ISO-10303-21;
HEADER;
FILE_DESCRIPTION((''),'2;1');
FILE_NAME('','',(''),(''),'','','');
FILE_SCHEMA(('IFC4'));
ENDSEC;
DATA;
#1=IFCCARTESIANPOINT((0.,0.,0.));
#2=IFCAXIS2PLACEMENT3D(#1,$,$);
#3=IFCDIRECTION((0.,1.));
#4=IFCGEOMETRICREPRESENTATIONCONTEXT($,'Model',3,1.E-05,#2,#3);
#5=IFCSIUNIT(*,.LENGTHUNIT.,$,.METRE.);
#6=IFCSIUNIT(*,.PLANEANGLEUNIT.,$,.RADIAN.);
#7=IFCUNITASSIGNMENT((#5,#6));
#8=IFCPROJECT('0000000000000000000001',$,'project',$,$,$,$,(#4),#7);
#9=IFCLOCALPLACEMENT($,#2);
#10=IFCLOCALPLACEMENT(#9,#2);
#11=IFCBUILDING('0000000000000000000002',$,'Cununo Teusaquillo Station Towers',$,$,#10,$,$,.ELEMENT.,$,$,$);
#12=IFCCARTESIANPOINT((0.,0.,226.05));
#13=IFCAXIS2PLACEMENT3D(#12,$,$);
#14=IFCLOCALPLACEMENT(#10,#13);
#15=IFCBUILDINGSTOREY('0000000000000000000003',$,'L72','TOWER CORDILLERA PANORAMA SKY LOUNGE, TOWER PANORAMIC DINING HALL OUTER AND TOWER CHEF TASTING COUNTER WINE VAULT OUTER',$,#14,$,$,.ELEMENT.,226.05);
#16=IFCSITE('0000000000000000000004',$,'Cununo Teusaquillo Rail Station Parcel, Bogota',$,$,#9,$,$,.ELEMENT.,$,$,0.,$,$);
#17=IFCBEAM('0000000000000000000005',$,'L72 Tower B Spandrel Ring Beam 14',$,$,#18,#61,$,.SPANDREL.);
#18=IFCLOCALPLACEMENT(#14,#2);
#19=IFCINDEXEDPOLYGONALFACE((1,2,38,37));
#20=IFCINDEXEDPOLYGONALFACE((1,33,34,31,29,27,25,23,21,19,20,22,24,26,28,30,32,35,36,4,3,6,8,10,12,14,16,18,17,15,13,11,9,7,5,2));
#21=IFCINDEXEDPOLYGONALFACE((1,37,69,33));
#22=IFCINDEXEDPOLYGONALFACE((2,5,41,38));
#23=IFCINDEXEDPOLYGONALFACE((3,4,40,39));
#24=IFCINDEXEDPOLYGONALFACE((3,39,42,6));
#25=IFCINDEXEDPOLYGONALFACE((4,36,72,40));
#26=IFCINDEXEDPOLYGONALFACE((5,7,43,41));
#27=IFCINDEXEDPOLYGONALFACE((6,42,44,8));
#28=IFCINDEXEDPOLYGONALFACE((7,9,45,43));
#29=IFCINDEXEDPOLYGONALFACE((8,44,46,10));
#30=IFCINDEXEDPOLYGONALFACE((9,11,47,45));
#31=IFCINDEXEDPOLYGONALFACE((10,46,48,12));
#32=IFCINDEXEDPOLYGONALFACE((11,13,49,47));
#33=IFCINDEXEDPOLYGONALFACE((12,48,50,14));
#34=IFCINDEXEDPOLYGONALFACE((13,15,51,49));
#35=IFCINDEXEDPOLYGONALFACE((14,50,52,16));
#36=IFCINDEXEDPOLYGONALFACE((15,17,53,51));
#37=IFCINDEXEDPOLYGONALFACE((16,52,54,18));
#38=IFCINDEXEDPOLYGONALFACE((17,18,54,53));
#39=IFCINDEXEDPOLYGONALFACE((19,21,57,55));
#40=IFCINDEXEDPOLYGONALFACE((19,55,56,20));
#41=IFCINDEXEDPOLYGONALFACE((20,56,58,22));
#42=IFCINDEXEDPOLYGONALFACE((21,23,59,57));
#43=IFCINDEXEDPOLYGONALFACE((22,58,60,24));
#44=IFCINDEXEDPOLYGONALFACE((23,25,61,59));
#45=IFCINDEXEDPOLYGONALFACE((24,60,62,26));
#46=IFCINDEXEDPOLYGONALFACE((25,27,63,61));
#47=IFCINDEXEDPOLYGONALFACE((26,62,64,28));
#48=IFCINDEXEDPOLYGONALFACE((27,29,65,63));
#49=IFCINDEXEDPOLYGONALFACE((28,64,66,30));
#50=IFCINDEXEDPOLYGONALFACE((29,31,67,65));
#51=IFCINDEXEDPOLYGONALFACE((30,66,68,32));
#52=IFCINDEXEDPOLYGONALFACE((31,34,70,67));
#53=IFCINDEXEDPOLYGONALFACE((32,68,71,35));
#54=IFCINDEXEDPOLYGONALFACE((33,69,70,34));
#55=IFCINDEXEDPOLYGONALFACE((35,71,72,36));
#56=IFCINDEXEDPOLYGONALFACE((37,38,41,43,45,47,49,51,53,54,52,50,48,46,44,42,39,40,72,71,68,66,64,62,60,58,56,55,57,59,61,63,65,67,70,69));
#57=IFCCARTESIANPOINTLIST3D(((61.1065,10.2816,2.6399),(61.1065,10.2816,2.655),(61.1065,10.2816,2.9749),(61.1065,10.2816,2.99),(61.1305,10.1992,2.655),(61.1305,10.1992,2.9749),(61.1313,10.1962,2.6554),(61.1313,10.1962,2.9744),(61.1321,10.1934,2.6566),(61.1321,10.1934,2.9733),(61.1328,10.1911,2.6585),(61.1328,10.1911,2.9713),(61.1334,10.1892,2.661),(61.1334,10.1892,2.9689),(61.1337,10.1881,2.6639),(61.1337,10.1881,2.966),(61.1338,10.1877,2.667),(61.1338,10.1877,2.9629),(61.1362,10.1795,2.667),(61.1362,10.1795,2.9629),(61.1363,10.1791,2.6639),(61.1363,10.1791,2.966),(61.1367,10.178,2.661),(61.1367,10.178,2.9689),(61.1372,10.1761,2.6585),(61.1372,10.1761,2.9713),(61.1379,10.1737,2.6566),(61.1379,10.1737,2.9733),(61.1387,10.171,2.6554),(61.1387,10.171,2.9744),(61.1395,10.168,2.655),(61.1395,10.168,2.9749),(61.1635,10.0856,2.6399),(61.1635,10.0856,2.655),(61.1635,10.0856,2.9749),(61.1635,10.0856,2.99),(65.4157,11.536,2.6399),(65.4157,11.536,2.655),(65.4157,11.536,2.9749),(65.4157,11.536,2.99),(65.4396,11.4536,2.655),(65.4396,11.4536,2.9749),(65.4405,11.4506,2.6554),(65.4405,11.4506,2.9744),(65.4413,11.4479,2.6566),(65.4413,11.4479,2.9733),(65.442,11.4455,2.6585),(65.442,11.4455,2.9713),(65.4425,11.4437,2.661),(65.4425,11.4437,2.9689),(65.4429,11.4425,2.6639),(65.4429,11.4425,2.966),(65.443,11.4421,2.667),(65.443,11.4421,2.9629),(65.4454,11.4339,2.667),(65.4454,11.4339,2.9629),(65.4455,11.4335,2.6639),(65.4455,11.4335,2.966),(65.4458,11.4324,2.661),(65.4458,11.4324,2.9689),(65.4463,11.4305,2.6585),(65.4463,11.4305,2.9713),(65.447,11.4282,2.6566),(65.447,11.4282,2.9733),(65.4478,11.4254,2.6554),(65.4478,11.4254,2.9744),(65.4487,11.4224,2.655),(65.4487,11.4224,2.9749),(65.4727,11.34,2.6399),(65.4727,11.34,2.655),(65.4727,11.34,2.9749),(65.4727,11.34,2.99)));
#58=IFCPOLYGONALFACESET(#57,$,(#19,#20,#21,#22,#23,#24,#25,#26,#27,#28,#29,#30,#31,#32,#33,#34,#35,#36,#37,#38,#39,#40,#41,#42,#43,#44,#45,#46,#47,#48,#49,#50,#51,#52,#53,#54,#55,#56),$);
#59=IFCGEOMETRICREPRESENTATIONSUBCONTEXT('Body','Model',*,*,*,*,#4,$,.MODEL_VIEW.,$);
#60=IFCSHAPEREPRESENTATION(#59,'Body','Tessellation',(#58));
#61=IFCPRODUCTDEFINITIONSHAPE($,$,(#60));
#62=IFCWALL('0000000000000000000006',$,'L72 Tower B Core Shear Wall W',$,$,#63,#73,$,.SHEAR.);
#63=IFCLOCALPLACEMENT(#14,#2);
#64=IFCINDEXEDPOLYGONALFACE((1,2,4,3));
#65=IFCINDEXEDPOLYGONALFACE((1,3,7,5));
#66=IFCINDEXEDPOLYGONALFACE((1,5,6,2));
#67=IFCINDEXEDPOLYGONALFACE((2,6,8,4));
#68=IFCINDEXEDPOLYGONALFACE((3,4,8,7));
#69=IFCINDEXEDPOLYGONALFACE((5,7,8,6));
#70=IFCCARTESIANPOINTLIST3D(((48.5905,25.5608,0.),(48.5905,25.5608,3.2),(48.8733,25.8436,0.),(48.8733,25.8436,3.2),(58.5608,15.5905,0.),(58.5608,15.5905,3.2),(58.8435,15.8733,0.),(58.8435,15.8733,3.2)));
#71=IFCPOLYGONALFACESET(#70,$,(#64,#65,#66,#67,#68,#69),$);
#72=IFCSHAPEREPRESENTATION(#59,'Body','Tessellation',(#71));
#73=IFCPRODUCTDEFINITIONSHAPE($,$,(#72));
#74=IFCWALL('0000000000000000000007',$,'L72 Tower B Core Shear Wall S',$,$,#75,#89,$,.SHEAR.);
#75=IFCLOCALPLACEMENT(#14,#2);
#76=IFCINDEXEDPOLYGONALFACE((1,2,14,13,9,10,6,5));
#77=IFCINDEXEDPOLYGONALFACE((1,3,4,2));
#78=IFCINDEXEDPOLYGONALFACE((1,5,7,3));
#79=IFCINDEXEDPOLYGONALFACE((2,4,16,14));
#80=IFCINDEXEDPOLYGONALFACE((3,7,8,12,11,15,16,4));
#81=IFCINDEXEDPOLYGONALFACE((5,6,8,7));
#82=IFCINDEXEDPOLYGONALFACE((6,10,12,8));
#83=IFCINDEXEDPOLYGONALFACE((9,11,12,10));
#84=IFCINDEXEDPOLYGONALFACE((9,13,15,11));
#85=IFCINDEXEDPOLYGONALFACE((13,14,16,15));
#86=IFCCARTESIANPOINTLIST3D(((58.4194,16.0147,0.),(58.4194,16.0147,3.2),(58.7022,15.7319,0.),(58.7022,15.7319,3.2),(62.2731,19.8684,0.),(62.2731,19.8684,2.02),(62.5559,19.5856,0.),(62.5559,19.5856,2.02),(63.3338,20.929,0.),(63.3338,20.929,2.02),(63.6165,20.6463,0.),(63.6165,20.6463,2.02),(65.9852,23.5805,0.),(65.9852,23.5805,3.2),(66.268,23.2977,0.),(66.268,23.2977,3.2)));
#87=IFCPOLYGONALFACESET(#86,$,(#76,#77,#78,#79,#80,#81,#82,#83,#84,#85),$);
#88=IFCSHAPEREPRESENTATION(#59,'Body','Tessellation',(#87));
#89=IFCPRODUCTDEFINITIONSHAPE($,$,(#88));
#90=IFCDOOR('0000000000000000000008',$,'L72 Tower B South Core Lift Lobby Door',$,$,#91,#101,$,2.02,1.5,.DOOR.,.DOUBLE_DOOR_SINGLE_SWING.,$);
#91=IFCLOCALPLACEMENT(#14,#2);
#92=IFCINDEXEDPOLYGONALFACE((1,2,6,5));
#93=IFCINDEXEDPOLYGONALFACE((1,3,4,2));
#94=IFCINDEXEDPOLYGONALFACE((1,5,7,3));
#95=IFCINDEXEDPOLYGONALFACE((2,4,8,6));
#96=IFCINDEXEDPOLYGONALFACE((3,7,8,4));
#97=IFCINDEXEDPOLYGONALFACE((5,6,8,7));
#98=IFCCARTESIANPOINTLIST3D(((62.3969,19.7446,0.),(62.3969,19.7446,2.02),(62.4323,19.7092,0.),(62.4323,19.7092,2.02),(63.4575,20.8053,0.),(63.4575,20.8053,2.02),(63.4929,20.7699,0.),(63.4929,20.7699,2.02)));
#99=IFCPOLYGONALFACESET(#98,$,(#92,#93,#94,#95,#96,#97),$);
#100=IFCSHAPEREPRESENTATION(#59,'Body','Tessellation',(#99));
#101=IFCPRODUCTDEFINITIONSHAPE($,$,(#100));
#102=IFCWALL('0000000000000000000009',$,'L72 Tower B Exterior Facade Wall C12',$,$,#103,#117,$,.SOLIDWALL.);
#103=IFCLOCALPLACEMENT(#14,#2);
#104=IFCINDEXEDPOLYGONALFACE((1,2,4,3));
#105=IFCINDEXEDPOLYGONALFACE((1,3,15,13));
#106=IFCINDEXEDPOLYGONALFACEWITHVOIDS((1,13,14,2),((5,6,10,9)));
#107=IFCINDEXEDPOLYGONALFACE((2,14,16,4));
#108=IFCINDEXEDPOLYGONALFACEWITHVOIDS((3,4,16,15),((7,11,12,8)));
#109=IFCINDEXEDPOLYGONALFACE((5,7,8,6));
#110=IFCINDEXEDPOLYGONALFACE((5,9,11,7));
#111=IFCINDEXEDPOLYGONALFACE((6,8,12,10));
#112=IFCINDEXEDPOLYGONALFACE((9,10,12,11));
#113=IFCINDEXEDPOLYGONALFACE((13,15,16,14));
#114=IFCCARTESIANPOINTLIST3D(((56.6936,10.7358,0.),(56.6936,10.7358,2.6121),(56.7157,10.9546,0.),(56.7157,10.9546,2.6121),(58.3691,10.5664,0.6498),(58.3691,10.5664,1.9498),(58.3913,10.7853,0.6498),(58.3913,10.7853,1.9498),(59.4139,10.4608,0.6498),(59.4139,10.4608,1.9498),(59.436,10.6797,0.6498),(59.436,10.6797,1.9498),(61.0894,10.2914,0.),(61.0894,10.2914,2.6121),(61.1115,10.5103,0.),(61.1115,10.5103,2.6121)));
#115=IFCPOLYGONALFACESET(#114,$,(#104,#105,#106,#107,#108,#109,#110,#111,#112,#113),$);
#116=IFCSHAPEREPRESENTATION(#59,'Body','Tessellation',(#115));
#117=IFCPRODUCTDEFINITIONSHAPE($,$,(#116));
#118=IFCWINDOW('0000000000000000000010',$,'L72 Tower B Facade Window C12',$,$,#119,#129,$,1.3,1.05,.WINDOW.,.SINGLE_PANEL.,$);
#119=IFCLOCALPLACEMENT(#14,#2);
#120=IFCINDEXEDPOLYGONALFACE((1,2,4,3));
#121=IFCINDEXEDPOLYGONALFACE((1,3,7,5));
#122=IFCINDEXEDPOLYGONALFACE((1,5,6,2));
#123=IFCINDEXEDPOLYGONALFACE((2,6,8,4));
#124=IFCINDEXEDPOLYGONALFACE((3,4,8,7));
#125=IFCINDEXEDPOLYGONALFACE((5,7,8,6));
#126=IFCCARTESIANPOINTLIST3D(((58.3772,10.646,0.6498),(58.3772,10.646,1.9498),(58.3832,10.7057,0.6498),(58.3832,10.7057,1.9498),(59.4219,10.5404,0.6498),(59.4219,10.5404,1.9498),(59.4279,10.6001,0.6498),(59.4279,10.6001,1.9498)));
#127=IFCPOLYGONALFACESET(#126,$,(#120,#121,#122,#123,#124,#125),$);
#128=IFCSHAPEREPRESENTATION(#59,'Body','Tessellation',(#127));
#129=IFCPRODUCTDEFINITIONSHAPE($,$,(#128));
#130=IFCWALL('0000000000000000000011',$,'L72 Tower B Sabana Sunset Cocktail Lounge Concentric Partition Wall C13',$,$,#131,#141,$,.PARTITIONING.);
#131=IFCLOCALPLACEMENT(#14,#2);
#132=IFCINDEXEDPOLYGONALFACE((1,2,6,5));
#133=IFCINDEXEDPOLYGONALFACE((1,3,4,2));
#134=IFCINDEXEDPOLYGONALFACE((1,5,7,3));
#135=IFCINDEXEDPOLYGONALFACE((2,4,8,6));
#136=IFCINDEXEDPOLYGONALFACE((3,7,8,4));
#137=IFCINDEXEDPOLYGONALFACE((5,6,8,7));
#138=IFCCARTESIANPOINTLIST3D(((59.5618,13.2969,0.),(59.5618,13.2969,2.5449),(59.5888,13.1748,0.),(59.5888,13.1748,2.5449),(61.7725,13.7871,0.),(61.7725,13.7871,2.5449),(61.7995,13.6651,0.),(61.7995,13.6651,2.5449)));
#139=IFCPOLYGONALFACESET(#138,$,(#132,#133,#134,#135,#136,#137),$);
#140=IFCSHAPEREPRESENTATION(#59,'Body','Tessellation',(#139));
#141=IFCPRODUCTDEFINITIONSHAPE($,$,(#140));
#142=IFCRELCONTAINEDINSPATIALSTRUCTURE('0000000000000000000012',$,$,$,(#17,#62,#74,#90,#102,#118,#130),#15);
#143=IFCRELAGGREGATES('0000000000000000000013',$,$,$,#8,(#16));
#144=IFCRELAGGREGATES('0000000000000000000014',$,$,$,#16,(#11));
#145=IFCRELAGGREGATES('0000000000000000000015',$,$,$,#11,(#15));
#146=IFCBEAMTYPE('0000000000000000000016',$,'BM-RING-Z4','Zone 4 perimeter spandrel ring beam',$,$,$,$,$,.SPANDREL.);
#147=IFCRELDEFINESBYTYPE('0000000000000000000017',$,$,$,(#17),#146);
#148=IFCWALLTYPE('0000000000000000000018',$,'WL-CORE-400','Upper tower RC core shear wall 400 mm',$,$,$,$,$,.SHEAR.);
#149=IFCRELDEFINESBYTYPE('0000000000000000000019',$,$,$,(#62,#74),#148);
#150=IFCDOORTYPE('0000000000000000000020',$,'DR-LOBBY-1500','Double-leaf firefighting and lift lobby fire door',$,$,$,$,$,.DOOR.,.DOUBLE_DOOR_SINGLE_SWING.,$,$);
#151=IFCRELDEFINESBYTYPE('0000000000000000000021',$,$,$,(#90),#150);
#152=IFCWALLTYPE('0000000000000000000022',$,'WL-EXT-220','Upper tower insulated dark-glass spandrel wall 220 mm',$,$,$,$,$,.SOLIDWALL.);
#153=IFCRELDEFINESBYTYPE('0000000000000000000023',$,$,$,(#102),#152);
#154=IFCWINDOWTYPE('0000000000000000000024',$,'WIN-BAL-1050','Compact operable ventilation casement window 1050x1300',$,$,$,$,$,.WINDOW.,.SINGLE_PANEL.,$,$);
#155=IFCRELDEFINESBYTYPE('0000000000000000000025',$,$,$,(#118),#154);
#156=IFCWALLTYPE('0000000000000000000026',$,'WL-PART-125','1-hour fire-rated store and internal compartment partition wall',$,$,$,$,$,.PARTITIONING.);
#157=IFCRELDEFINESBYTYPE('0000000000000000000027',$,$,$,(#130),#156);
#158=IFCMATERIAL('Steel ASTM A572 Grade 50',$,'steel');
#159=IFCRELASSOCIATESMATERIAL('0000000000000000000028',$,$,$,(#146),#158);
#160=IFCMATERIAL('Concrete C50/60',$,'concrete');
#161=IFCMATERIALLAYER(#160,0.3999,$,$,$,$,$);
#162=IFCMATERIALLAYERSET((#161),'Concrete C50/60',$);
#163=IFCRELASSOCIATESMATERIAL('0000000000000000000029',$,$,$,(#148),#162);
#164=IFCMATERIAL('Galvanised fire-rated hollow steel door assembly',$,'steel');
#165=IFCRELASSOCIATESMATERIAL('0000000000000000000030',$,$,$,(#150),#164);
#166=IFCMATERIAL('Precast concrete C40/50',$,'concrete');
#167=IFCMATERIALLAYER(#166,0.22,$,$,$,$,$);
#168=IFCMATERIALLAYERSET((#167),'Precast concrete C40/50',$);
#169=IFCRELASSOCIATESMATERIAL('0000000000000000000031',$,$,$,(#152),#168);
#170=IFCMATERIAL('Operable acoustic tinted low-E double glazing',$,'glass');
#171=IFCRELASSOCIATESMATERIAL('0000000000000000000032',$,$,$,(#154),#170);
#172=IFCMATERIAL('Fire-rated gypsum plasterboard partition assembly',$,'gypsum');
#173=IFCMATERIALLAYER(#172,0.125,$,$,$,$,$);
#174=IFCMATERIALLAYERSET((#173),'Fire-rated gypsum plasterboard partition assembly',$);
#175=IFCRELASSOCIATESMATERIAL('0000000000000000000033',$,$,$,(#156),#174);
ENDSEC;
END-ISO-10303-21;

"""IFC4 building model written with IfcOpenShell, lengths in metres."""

from ifc_helpers import new_model, si_unit, direction, frame, frame_2d, origin, origin_2d, place, context, subcontext, project, spatial, rectangle, i_section, extrude, source, transform, mapped, material, layer, layer_set, material_profile, profile_set, type_object, element, fill, save


model = new_model("IFC4")

# Units and contexts
model_context = context("Model", 3, precision=1e-05, world=origin(), true_north=direction((0.0, 1.0)))
body_context = subcontext(model_context, "Body", "Model", "MODEL_VIEW")
ifc_project = project(units=[si_unit("LENGTHUNIT", "METRE"), si_unit("PLANEANGLEUNIT", "RADIAN")], contexts=[model_context])

# Site, building, storey
site_placement = place(None, origin())
site = spatial("IfcSite", under=ifc_project, at=site_placement, Name="Cununo Teusaquillo Rail Station Parcel, Bogota", CompositionType="ELEMENT", RefElevation=0.0)
building_placement = place(site_placement, origin())
building = spatial("IfcBuilding", under=site, at=building_placement, Name="Cununo Teusaquillo Station Towers", CompositionType="ELEMENT")
storey_placement = place(building_placement, frame((0.0, 0.0, 226.05)))
storey = spatial("IfcBuildingStorey", under=building, at=storey_placement, Name="L72", Description="TOWER CORDILLERA PANORAMA SKY LOUNGE, TOWER PANORAMIC DINING HALL OUTER AND TOWER CHEF TASTING COUNTER WINE VAULT OUTER", CompositionType="ELEMENT", Elevation=226.05)

# Beam
ifc_material_1 = material(Name="Steel ASTM A572 Grade 50", Category="steel")
ifc_material_profile_1 = material_profile(ifc_material_1, i_section(OverallWidth=0.2041, OverallDepth=0.3501, WebThickness=0.0085, FlangeThickness=0.0151, FilletRadius=0.012, at=origin_2d()), Name="W14X48")
ifc_profile_set_1 = profile_set([ifc_material_profile_1], Name="Steel ASTM A572 Grade 50")
beam_type_1 = type_object("IfcBeamType", Name="BM-RING-Z4", Description="Zone 4 perimeter spandrel ring beam", PredefinedType="SPANDREL", material=ifc_profile_set_1)
beam_1_placement = place(storey_placement, frame((61.135, 10.1836, 2.8149), z_axis=(0.960145, 0.279503, 0.0), x_axis=(-0.279503, 0.960145, 0.0)))
element("IfcBeam", 1, at=beam_1_placement, inside=storey, type_object=beam_type_1, Name="L72 Tower B Spandrel Ring Beam 14", PredefinedType="SPANDREL", context=body_context, shape_type="SweptSolid", body=[
    extrude(i_section(OverallWidth=0.2041, OverallDepth=0.3501, WebThickness=0.0085, FlangeThickness=0.0151, FilletRadius=0.012, at=origin_2d()), origin(), (0.0, 0.0, 1.0), 4.488),
])

# Wall
ifc_material_2 = material(Name="Concrete C50/60", Category="concrete")
ifc_layer_1 = layer(ifc_material_2, 0.3999)
ifc_layer_set_1 = layer_set([ifc_layer_1], Name="Concrete C50/60")
wall_type_1 = type_object("IfcWallType", Name="WL-CORE-400", Description="Upper tower RC core shear wall 400 mm", PredefinedType="SHEAR", material=ifc_layer_set_1)
wall_1_placement = place(storey_placement, frame((58.7021, 15.7319, 0.0), z_axis=(0.0, 0.0, 1.0), x_axis=(-0.707107, 0.707107, 0.0)))
element("IfcWall", 2, at=wall_1_placement, inside=storey, type_object=wall_type_1, Name="L72 Tower B Core Shear Wall W", PredefinedType="SHEAR", context=body_context, shape_type="SweptSolid", body=[
    extrude(rectangle(XDim=14.1001, YDim=0.3999, at=frame_2d((7.05, 0.0))), origin(), (0.0, 0.0, 1.0), 3.2),
])

# Wall, opening, door
wall_2_placement = place(storey_placement, frame((58.5608, 15.8733, 0.0), z_axis=(0.0, 0.0, 1.0), x_axis=(0.707107, 0.707107, 0.0)))
wall_2 = element("IfcWall", 3, at=wall_2_placement, inside=storey, type_object=wall_type_1, Name="L72 Tower B Core Shear Wall S", PredefinedType="SHEAR", context=body_context, shape_type="SweptSolid", body=[
    extrude(rectangle(XDim=10.6997, YDim=0.3999, at=frame_2d((5.3499, 0.0))), origin(), (0.0, 0.0, 1.0), 3.2),
])
shared_shape_1 = source(origin(), body_context, "Body", "SweptSolid", [
    extrude(rectangle(XDim=1.5, YDim=2.02, at=frame_2d((0.75, 1.01))), frame((0.0, 0.21, 0.0), z_axis=(0.0, -1.0, 0.0), x_axis=(1.0, 0.0, 0.0)), (0.0, 0.0, 1.0), 0.4199),
])
opening_1_placement = place(wall_2_placement, frame((5.45, 0.0, 0.0)))
opening_1 = element("IfcOpeningElement", 4, at=opening_1_placement, cuts=wall_2, PredefinedType="OPENING", context=body_context, shape_type="MappedRepresentation", body=[
    mapped(shared_shape_1, transform((0.0, 0.0, 0.0), x_axis=(1.0, 0.0, 0.0), y_axis=(0.0, 1.0, 0.0), z_axis=(0.0, 0.0, 1.0), scale=1.0)),
])
ifc_material_3 = material(Name="Galvanised fire-rated hollow steel door assembly", Category="steel")
door_type_1 = type_object("IfcDoorType", Name="DR-LOBBY-1500", Description="Double-leaf firefighting and lift lobby fire door", OperationType="DOUBLE_DOOR_SINGLE_SWING", PredefinedType="DOOR", material=ifc_material_3)
shared_shape_2 = source(origin(), body_context, "Body", "SweptSolid", [
    extrude(rectangle(XDim=1.5, YDim=2.02, at=frame_2d((0.75, 1.01))), frame((0.0, 0.0249, 0.0), z_axis=(0.0, -1.0, 0.0), x_axis=(1.0, 0.0, 0.0)), (0.0, 0.0, 1.0), 0.05),
])
door_1_placement = place(opening_1_placement, origin())
door_1 = element("IfcDoor", 5, at=door_1_placement, inside=storey, type_object=door_type_1, Name="L72 Tower B South Core Lift Lobby Door", OperationType="DOUBLE_DOOR_SINGLE_SWING", OverallHeight=2.02, OverallWidth=1.5, PredefinedType="DOOR", context=body_context, shape_type="MappedRepresentation", body=[
    mapped(shared_shape_2, transform((0.0, 0.0, 0.0), x_axis=(1.0, 0.0, 0.0), y_axis=(0.0, 1.0, 0.0), z_axis=(0.0, 0.0, 1.0), scale=1.0)),
])
fill(opening_1, door_1)

# Wall, opening, window
ifc_material_4 = material(Name="Precast concrete C40/50", Category="concrete")
ifc_layer_2 = layer(ifc_material_4, 0.22)
ifc_layer_set_2 = layer_set([ifc_layer_2], Name="Precast concrete C40/50")
wall_type_2 = type_object("IfcWallType", Name="WL-EXT-220", Description="Upper tower insulated dark-glass spandrel wall 220 mm", PredefinedType="SOLIDWALL", material=ifc_layer_set_2)
wall_3_placement = place(storey_placement, frame((61.1003, 10.4009, 0.0), z_axis=(0.0, 0.0, 1.0), x_axis=(-0.99493, 0.100571, 0.0)))
wall_3 = element("IfcWall", 6, at=wall_3_placement, inside=storey, type_object=wall_type_2, Name="L72 Tower B Exterior Facade Wall C12", PredefinedType="SOLIDWALL", context=body_context, shape_type="SweptSolid", body=[
    extrude(rectangle(XDim=4.4182, YDim=0.22, at=frame_2d((2.209, 0.0))), origin(), (0.0, 0.0, 1.0), 2.6121),
])
shared_shape_3 = source(origin(), body_context, "Body", "SweptSolid", [
    extrude(rectangle(XDim=1.05, YDim=1.3, at=frame_2d((0.5249, 0.6499))), frame((0.0, 0.1199, 0.0), z_axis=(0.0, -1.0, 0.0), x_axis=(1.0, 0.0, 0.0)), (0.0, 0.0, 1.0), 0.24),
])
opening_2_placement = place(wall_3_placement, frame((1.6841, 0.0, 0.6499)))
opening_2 = element("IfcOpeningElement", 7, at=opening_2_placement, cuts=wall_3, PredefinedType="OPENING", context=body_context, shape_type="MappedRepresentation", body=[
    mapped(shared_shape_3, transform((0.0, 0.0, 0.0), x_axis=(1.0, 0.0, 0.0), y_axis=(0.0, 1.0, 0.0), z_axis=(0.0, 0.0, 1.0), scale=1.0)),
])
ifc_material_5 = material(Name="Operable acoustic tinted low-E double glazing", Category="glass")
window_type = type_object("IfcWindowType", Name="WIN-BAL-1050", Description="Compact operable ventilation casement window 1050x1300", PartitioningType="SINGLE_PANEL", PredefinedType="WINDOW", material=ifc_material_5)
shared_shape_4 = source(origin(), body_context, "Body", "SweptSolid", [
    extrude(rectangle(XDim=1.05, YDim=1.3, at=frame_2d((0.5249, 0.6499))), frame((0.0, 0.03, 0.0), z_axis=(0.0, -1.0, 0.0), x_axis=(1.0, 0.0, 0.0)), (0.0, 0.0, 1.0), 0.0601),
])
window_placement = place(opening_2_placement, origin())
window = element("IfcWindow", 8, at=window_placement, inside=storey, type_object=window_type, Name="L72 Tower B Facade Window C12", OverallHeight=1.3, OverallWidth=1.05, PartitioningType="SINGLE_PANEL", PredefinedType="WINDOW", context=body_context, shape_type="MappedRepresentation", body=[
    mapped(shared_shape_4, transform((0.0, 0.0, 0.0), x_axis=(1.0, 0.0, 0.0), y_axis=(0.0, 1.0, 0.0), z_axis=(0.0, 0.0, 1.0), scale=1.0)),
])
fill(opening_2, window)

# Wall
ifc_material_6 = material(Name="Fire-rated gypsum plasterboard partition assembly", Category="gypsum")
ifc_layer_3 = layer(ifc_material_6, 0.125)
ifc_layer_set_3 = layer_set([ifc_layer_3], Name="Fire-rated gypsum plasterboard partition assembly")
wall_type_3 = type_object("IfcWallType", Name="WL-PART-125", Description="1-hour fire-rated store and internal compartment partition wall", PredefinedType="PARTITIONING", material=ifc_layer_set_3)
wall_4_placement = place(storey_placement, frame((59.5752, 13.2358, 0.0), z_axis=(0.0, 0.0, 1.0), x_axis=(0.976283, 0.216497, 0.0)))
element("IfcWall", 9, at=wall_4_placement, inside=storey, type_object=wall_type_3, Name="L72 Tower B Sabana Sunset Cocktail Lounge Concentric Partition Wall C13", PredefinedType="PARTITIONING", context=body_context, shape_type="SweptSolid", body=[
    extrude(rectangle(XDim=2.2644, YDim=0.125, at=frame_2d((1.1323, 0.0))), origin(), (0.0, 0.0, 1.0), 2.5449),
])

save(model, "model.ifc")
